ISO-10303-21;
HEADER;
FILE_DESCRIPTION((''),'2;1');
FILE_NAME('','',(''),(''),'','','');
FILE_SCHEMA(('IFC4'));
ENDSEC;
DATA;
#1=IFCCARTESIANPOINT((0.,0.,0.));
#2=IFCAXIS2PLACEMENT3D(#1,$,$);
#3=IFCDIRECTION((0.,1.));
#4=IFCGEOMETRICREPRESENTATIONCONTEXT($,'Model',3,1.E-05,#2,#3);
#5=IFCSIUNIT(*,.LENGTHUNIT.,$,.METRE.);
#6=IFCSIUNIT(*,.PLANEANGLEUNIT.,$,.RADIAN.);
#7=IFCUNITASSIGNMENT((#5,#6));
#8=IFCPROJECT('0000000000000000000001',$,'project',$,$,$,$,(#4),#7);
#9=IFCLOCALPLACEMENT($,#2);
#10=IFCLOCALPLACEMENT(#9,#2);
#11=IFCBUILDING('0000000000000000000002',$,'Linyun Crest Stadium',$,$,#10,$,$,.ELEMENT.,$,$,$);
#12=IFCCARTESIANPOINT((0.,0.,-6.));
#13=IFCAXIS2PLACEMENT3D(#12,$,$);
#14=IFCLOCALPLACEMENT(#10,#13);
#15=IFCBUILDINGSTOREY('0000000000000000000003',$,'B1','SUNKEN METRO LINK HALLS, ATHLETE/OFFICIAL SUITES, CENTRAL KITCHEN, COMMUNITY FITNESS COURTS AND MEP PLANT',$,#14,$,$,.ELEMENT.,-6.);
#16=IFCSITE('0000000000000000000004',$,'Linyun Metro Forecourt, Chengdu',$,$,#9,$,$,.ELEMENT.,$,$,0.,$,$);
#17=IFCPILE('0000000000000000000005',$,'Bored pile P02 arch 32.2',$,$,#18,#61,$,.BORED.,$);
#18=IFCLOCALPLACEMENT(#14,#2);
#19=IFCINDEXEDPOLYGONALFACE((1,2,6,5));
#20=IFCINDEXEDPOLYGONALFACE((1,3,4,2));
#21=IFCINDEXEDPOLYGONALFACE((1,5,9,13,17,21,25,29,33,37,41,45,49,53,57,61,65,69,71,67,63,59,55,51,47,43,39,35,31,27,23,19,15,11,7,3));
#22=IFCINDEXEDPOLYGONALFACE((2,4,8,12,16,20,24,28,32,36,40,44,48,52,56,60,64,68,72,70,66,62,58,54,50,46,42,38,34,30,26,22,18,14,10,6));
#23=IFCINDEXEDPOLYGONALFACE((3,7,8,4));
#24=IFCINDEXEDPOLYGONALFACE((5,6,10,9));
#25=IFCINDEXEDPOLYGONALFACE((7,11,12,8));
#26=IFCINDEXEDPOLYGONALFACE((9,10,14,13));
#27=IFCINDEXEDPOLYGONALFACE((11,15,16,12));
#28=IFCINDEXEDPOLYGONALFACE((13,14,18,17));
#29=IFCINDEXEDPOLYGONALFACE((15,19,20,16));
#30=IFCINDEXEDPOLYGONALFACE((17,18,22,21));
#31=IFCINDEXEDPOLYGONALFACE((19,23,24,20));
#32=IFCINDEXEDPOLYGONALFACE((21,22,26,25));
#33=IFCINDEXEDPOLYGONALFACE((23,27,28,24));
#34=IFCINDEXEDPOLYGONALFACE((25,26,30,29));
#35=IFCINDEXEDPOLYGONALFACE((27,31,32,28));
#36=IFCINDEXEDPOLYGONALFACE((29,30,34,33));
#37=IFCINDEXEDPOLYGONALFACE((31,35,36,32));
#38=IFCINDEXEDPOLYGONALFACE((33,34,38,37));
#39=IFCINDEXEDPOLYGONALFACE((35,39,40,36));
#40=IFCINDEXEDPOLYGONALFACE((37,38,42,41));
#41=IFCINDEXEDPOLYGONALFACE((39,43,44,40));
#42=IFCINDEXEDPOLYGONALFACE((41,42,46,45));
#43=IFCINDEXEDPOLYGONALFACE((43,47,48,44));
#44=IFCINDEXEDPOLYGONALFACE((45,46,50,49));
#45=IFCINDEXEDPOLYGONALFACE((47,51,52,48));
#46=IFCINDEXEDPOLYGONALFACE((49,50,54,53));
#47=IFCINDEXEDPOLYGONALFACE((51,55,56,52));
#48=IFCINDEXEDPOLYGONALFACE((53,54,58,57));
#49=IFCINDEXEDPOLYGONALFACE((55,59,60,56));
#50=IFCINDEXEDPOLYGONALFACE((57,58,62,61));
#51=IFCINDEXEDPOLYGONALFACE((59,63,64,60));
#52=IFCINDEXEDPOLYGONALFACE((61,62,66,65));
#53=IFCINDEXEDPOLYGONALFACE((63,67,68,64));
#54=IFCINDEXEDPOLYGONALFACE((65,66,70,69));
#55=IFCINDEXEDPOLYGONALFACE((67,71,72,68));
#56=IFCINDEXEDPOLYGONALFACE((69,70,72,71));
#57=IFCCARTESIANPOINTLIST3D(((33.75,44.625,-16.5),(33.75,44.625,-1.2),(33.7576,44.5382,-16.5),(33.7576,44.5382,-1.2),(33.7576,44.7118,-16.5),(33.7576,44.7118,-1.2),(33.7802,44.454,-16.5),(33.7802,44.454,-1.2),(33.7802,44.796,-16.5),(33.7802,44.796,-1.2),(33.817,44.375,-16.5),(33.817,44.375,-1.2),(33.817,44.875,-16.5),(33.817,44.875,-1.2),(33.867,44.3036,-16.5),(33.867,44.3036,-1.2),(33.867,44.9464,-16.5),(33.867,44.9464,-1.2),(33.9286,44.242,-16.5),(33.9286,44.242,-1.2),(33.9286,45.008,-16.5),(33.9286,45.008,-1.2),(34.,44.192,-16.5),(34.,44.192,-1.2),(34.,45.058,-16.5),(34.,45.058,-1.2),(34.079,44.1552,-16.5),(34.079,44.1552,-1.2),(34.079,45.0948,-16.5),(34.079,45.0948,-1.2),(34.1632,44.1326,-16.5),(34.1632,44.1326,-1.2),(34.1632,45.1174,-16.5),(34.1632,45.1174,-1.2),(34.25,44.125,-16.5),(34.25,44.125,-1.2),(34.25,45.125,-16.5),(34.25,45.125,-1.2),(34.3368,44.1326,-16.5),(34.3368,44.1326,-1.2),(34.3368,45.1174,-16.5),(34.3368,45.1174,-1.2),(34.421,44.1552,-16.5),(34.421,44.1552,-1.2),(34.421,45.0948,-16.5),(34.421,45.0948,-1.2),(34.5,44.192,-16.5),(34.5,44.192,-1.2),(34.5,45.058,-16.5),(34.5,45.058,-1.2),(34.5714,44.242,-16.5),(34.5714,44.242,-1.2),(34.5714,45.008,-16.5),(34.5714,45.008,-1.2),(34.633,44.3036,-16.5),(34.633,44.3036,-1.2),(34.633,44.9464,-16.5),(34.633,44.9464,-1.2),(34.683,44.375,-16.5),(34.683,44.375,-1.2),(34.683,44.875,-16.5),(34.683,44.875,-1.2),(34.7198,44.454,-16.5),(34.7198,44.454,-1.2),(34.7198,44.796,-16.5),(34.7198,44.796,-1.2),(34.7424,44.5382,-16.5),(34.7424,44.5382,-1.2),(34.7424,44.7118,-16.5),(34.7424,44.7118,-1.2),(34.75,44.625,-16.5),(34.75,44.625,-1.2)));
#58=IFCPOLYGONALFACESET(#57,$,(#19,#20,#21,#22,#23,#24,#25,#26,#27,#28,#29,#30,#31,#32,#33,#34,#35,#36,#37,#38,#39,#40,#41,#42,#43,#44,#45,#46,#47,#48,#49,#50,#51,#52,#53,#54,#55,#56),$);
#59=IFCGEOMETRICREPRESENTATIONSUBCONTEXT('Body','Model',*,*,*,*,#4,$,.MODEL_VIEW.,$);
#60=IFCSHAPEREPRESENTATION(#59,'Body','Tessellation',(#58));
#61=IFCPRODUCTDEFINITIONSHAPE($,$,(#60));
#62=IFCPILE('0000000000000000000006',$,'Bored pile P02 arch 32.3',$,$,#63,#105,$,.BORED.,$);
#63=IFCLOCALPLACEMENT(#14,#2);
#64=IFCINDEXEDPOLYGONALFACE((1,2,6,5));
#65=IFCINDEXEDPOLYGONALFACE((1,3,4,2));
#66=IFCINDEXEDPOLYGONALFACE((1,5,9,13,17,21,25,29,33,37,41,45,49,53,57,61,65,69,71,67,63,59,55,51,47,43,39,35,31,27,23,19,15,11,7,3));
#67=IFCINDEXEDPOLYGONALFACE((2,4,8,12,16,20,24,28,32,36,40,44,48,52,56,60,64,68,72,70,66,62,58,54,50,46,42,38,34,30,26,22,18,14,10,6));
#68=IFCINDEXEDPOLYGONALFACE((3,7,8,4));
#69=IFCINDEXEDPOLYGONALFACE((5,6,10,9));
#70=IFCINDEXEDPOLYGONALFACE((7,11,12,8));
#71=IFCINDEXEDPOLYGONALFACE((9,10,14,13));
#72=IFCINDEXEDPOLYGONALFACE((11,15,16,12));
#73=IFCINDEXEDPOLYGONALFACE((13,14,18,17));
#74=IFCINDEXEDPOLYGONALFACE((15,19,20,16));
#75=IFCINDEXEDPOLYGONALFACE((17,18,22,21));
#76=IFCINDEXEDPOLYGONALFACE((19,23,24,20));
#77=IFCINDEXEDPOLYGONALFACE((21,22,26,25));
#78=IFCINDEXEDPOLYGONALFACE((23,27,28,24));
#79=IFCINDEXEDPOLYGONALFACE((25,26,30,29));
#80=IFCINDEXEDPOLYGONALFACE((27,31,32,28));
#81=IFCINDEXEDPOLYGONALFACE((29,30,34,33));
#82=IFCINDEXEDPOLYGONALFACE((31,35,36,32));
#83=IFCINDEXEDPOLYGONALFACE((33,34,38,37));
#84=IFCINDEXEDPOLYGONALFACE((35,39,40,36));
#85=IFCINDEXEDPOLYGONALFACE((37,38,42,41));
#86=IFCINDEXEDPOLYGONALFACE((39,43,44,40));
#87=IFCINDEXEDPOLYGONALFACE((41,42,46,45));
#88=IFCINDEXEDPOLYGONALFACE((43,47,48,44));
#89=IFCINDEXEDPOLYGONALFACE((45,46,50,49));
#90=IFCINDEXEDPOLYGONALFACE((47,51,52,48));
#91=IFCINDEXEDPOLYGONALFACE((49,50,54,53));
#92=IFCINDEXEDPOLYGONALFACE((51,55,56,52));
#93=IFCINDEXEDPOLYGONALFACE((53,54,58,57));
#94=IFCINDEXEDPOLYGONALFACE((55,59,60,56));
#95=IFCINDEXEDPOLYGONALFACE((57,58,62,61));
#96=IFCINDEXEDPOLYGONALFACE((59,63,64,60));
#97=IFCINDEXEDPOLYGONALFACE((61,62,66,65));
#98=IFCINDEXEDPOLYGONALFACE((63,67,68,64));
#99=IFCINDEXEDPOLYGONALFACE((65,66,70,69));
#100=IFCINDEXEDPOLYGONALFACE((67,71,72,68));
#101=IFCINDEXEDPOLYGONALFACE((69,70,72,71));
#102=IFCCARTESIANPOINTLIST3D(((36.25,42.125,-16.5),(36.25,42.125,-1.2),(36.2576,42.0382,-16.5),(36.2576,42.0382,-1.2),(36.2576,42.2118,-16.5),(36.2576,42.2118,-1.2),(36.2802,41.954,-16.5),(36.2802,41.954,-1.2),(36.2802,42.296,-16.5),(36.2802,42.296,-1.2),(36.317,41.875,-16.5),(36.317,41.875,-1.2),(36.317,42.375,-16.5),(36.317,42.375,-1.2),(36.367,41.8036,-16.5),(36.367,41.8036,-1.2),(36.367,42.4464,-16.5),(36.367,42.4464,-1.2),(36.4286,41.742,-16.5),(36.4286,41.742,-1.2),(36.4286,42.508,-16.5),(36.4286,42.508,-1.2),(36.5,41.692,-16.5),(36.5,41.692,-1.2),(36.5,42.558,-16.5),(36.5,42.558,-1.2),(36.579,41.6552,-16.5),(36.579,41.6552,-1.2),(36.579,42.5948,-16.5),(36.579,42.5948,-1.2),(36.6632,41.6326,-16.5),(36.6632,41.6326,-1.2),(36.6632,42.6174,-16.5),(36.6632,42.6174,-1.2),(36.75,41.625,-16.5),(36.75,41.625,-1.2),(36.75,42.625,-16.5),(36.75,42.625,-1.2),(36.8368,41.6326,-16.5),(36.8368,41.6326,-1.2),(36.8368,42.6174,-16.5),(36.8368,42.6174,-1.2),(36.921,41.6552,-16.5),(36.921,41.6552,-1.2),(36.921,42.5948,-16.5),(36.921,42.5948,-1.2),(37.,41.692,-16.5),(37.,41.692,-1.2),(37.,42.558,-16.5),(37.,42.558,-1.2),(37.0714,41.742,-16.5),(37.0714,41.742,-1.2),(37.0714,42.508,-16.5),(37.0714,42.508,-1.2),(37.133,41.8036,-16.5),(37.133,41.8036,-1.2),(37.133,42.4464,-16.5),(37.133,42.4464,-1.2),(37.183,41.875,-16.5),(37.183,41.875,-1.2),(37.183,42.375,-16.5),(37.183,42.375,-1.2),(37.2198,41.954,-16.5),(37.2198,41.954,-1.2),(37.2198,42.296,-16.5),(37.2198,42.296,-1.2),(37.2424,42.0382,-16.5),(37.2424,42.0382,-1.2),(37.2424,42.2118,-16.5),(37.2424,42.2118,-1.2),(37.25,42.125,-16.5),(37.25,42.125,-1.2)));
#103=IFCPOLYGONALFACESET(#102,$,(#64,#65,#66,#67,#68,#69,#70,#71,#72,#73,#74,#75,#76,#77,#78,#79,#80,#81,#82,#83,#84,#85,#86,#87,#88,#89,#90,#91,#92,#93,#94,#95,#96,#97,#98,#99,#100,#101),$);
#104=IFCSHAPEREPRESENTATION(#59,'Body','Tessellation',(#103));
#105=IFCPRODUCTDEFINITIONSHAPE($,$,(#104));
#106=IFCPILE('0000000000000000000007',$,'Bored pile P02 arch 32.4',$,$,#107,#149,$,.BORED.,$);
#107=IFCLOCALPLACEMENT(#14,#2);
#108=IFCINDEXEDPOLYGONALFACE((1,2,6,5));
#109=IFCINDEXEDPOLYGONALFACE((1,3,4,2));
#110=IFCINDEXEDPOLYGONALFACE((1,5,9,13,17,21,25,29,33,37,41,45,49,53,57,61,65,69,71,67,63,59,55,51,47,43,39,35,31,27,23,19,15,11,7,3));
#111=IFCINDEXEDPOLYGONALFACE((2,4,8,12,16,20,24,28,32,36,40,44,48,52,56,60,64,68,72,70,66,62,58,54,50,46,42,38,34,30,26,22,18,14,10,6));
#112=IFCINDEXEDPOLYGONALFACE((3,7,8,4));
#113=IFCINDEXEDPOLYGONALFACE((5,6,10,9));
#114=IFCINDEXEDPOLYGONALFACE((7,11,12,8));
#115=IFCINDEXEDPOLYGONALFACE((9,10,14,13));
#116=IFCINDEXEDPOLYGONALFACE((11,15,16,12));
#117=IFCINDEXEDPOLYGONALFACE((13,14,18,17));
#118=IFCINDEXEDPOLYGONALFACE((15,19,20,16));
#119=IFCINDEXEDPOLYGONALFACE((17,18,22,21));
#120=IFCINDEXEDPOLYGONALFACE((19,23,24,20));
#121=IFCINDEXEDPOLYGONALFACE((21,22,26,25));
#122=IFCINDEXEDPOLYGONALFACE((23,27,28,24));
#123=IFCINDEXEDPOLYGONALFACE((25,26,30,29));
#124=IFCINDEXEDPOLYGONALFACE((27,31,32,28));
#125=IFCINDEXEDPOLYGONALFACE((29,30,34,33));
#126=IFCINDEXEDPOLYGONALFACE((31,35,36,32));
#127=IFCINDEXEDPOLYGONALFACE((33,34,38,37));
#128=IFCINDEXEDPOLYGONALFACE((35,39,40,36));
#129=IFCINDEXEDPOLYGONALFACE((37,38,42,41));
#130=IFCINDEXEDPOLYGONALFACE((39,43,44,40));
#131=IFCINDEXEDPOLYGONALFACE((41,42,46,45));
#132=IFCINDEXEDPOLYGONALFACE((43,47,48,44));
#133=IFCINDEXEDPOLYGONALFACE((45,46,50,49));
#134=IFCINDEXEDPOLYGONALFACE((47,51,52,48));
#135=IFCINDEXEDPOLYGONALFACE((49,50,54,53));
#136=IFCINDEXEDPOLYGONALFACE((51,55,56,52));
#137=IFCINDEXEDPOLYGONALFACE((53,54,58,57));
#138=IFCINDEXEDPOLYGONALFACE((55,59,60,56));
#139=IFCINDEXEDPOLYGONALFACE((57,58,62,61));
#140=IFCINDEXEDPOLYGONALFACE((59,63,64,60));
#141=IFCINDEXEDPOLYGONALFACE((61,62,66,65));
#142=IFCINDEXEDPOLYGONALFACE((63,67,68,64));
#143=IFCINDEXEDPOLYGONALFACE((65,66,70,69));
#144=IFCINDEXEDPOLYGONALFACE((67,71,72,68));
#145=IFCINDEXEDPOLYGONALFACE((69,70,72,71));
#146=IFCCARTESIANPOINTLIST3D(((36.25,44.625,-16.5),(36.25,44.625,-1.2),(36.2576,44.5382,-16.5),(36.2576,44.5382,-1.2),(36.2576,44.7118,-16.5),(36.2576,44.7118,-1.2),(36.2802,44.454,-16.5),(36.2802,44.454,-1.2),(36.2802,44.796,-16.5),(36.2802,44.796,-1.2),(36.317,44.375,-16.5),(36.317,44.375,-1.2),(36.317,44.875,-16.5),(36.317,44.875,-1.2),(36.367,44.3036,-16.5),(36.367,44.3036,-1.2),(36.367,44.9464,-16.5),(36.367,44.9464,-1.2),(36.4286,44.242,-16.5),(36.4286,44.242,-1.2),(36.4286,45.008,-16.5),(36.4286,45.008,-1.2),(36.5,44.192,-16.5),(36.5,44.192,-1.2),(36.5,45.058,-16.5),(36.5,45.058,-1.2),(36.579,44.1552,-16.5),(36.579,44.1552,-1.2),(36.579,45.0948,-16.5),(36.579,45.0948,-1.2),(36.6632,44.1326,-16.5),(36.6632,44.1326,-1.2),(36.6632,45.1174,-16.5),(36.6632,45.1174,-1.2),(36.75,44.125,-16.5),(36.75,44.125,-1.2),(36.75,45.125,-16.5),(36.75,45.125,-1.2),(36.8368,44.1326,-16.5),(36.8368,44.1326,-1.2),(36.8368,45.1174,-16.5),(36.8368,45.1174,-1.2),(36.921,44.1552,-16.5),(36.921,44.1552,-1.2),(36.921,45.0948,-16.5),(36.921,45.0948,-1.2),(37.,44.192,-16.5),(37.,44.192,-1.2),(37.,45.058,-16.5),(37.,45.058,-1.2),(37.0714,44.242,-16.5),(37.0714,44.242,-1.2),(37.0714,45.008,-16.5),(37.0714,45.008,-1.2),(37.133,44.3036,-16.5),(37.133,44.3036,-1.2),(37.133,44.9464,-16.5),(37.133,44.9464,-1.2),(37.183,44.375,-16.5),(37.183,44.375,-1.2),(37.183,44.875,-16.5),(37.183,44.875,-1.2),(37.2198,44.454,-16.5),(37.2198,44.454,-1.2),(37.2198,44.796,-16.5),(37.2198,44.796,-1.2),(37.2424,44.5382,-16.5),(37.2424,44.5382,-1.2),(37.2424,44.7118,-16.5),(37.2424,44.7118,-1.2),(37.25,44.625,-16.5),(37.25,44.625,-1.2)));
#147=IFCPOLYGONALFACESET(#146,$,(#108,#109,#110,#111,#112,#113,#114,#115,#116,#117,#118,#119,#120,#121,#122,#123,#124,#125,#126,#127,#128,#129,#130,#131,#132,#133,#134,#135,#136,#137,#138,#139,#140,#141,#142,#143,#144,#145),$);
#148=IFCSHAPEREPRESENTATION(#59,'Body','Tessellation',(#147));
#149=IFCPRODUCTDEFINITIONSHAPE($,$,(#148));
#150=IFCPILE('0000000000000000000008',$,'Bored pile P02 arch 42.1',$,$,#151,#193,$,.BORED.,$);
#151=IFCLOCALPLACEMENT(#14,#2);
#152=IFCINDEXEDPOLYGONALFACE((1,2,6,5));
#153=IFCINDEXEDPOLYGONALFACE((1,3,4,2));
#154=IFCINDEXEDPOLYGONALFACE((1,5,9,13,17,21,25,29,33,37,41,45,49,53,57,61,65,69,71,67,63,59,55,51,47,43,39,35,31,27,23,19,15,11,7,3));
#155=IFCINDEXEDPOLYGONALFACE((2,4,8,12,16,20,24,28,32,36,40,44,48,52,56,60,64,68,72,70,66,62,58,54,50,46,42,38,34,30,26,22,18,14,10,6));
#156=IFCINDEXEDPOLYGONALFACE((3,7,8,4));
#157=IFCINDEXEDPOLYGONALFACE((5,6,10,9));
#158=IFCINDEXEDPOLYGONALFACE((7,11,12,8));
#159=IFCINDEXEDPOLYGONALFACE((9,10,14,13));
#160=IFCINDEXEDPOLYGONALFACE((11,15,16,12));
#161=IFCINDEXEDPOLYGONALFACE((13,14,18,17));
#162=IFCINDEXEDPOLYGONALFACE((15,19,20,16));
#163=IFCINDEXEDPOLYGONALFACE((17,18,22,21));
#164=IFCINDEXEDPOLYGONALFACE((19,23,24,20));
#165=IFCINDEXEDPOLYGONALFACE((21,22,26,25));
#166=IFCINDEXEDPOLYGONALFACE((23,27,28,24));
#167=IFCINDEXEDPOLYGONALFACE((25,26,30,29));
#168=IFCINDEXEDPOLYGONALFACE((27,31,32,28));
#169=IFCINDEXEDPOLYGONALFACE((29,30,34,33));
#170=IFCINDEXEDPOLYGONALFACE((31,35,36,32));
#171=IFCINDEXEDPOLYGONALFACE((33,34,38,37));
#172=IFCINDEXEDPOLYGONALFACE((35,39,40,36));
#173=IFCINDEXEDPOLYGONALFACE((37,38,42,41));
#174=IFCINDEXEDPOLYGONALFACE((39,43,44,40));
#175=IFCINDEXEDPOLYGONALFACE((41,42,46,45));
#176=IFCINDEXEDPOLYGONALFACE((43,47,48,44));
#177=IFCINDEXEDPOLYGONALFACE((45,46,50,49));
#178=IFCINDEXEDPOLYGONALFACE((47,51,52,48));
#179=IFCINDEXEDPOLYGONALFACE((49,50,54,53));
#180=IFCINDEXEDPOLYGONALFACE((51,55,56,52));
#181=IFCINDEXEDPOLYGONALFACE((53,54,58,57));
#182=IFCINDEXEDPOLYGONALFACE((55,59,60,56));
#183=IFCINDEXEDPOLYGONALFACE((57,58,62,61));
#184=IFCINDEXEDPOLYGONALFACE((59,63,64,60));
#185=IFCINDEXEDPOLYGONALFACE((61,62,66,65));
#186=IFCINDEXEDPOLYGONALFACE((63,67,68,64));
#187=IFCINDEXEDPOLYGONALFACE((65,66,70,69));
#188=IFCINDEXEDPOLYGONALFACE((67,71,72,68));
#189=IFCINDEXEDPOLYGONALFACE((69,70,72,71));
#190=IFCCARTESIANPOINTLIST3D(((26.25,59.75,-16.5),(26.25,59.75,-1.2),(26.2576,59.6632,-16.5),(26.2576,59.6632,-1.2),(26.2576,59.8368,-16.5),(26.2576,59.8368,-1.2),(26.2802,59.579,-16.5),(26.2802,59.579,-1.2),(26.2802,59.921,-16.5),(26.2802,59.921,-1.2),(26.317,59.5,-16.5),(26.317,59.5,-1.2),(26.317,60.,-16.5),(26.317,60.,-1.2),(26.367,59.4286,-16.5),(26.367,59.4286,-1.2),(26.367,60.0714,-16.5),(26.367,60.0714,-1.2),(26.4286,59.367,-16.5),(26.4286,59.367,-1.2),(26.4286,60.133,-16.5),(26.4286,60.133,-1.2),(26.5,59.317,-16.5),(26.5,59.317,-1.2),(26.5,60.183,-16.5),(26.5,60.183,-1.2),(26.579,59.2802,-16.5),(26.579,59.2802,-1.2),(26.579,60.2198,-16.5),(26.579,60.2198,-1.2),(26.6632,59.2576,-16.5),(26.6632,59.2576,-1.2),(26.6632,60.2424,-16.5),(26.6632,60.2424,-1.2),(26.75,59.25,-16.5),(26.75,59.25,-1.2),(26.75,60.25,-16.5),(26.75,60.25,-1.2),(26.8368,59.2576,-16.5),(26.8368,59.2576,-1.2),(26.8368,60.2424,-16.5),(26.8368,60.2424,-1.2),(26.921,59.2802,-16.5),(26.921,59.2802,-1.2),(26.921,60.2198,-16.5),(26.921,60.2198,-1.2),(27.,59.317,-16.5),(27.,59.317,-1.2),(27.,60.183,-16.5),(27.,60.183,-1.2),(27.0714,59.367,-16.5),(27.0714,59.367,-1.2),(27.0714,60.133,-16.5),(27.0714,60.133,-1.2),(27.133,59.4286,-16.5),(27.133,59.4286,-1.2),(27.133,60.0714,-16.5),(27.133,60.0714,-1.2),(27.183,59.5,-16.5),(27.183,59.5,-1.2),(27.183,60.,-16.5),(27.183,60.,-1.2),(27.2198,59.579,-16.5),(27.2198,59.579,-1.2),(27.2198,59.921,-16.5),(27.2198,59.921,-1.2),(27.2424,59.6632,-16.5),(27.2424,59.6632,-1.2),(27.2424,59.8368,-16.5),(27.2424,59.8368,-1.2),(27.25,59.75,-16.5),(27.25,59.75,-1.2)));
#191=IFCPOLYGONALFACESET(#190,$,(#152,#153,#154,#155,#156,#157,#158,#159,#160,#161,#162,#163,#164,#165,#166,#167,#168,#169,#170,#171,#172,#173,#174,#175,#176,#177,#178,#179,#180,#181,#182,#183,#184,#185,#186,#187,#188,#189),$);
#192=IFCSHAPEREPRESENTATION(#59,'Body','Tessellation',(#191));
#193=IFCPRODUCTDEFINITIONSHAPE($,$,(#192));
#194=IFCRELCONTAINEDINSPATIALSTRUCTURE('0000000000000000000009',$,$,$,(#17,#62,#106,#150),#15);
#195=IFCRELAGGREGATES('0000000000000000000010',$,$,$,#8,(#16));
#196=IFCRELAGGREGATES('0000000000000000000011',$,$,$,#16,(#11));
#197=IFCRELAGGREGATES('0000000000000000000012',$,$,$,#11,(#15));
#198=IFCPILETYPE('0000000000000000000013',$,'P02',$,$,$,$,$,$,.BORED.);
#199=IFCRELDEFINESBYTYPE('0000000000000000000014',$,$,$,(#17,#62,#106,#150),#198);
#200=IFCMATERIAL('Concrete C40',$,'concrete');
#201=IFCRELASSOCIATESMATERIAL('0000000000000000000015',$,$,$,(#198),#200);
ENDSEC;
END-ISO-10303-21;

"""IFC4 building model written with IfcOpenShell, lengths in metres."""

from ifc_helpers import new_model, si_unit, direction, frame, origin, origin_2d, place, context, subcontext, project, spatial, circle, extrude, material, material_profile, profile_set, type_object, element, save


model = new_model("IFC4")

# Units and contexts
model_context = context("Model", 3, precision=1e-05, world=origin(), true_north=direction((0.0, 1.0)))
body_context = subcontext(model_context, "Body", "Model", "MODEL_VIEW")
ifc_project = project(units=[si_unit("LENGTHUNIT", "METRE"), si_unit("PLANEANGLEUNIT", "RADIAN")], contexts=[model_context])

# Site, building, storey
site_placement = place(None, origin())
site = spatial("IfcSite", under=ifc_project, at=site_placement, Name="Linyun Metro Forecourt, Chengdu", CompositionType="ELEMENT", RefElevation=0.0)
building_placement = place(site_placement, origin())
building = spatial("IfcBuilding", under=site, at=building_placement, Name="Linyun Crest Stadium", CompositionType="ELEMENT")
storey_placement = place(building_placement, frame((0.0, 0.0, -6.0)))
storey = spatial("IfcBuildingStorey", under=building, at=storey_placement, Name="B1", Description="SUNKEN METRO LINK HALLS, ATHLETE/OFFICIAL SUITES, CENTRAL KITCHEN, COMMUNITY FITNESS COURTS AND MEP PLANT", CompositionType="ELEMENT", Elevation=-6.0)

# Piles
ifc_material_1 = material(Name="Concrete C40", Category="concrete")
ifc_material_profile_1 = material_profile(ifc_material_1, circle(Radius=0.5, at=origin_2d()), Name="BORED PILE 1000")
ifc_profile_set_1 = profile_set([ifc_material_profile_1], Name="Concrete C40")
pile_type_1 = type_object("IfcPileType", Name="P02", PredefinedType="BORED", material=ifc_profile_set_1)
for number, where, z_axis, x_axis, name in (
    (1, (34.25, 44.625, -1.2), (0.0, 0.0, -1.0), (1.0, 0.0, 0.0), "Bored pile P02 arch 32.2"),
    (2, (36.75, 42.125, -1.2), (0.0, 0.0, -1.0), (1.0, 0.0, 0.0), "Bored pile P02 arch 32.3"),
    (3, (36.75, 44.625, -1.2), (0.0, 0.0, -1.0), (1.0, 0.0, 0.0), "Bored pile P02 arch 32.4"),
    (4, (26.75, 59.75, -1.2), (0.0, 0.0, -1.0), (1.0, 0.0, 0.0), "Bored pile P02 arch 42.1"),
):
    element("IfcPile", number, at=place(storey_placement, frame(where, z_axis=z_axis, x_axis=x_axis)), inside=storey, type_object=pile_type_1, Name=name, PredefinedType="BORED", context=body_context, shape_type="SweptSolid", body=[
        extrude(circle(Radius=0.5, at=origin_2d()), origin(), (0.0, 0.0, 1.0), 15.3),
    ])

save(model, "model.ifc")
